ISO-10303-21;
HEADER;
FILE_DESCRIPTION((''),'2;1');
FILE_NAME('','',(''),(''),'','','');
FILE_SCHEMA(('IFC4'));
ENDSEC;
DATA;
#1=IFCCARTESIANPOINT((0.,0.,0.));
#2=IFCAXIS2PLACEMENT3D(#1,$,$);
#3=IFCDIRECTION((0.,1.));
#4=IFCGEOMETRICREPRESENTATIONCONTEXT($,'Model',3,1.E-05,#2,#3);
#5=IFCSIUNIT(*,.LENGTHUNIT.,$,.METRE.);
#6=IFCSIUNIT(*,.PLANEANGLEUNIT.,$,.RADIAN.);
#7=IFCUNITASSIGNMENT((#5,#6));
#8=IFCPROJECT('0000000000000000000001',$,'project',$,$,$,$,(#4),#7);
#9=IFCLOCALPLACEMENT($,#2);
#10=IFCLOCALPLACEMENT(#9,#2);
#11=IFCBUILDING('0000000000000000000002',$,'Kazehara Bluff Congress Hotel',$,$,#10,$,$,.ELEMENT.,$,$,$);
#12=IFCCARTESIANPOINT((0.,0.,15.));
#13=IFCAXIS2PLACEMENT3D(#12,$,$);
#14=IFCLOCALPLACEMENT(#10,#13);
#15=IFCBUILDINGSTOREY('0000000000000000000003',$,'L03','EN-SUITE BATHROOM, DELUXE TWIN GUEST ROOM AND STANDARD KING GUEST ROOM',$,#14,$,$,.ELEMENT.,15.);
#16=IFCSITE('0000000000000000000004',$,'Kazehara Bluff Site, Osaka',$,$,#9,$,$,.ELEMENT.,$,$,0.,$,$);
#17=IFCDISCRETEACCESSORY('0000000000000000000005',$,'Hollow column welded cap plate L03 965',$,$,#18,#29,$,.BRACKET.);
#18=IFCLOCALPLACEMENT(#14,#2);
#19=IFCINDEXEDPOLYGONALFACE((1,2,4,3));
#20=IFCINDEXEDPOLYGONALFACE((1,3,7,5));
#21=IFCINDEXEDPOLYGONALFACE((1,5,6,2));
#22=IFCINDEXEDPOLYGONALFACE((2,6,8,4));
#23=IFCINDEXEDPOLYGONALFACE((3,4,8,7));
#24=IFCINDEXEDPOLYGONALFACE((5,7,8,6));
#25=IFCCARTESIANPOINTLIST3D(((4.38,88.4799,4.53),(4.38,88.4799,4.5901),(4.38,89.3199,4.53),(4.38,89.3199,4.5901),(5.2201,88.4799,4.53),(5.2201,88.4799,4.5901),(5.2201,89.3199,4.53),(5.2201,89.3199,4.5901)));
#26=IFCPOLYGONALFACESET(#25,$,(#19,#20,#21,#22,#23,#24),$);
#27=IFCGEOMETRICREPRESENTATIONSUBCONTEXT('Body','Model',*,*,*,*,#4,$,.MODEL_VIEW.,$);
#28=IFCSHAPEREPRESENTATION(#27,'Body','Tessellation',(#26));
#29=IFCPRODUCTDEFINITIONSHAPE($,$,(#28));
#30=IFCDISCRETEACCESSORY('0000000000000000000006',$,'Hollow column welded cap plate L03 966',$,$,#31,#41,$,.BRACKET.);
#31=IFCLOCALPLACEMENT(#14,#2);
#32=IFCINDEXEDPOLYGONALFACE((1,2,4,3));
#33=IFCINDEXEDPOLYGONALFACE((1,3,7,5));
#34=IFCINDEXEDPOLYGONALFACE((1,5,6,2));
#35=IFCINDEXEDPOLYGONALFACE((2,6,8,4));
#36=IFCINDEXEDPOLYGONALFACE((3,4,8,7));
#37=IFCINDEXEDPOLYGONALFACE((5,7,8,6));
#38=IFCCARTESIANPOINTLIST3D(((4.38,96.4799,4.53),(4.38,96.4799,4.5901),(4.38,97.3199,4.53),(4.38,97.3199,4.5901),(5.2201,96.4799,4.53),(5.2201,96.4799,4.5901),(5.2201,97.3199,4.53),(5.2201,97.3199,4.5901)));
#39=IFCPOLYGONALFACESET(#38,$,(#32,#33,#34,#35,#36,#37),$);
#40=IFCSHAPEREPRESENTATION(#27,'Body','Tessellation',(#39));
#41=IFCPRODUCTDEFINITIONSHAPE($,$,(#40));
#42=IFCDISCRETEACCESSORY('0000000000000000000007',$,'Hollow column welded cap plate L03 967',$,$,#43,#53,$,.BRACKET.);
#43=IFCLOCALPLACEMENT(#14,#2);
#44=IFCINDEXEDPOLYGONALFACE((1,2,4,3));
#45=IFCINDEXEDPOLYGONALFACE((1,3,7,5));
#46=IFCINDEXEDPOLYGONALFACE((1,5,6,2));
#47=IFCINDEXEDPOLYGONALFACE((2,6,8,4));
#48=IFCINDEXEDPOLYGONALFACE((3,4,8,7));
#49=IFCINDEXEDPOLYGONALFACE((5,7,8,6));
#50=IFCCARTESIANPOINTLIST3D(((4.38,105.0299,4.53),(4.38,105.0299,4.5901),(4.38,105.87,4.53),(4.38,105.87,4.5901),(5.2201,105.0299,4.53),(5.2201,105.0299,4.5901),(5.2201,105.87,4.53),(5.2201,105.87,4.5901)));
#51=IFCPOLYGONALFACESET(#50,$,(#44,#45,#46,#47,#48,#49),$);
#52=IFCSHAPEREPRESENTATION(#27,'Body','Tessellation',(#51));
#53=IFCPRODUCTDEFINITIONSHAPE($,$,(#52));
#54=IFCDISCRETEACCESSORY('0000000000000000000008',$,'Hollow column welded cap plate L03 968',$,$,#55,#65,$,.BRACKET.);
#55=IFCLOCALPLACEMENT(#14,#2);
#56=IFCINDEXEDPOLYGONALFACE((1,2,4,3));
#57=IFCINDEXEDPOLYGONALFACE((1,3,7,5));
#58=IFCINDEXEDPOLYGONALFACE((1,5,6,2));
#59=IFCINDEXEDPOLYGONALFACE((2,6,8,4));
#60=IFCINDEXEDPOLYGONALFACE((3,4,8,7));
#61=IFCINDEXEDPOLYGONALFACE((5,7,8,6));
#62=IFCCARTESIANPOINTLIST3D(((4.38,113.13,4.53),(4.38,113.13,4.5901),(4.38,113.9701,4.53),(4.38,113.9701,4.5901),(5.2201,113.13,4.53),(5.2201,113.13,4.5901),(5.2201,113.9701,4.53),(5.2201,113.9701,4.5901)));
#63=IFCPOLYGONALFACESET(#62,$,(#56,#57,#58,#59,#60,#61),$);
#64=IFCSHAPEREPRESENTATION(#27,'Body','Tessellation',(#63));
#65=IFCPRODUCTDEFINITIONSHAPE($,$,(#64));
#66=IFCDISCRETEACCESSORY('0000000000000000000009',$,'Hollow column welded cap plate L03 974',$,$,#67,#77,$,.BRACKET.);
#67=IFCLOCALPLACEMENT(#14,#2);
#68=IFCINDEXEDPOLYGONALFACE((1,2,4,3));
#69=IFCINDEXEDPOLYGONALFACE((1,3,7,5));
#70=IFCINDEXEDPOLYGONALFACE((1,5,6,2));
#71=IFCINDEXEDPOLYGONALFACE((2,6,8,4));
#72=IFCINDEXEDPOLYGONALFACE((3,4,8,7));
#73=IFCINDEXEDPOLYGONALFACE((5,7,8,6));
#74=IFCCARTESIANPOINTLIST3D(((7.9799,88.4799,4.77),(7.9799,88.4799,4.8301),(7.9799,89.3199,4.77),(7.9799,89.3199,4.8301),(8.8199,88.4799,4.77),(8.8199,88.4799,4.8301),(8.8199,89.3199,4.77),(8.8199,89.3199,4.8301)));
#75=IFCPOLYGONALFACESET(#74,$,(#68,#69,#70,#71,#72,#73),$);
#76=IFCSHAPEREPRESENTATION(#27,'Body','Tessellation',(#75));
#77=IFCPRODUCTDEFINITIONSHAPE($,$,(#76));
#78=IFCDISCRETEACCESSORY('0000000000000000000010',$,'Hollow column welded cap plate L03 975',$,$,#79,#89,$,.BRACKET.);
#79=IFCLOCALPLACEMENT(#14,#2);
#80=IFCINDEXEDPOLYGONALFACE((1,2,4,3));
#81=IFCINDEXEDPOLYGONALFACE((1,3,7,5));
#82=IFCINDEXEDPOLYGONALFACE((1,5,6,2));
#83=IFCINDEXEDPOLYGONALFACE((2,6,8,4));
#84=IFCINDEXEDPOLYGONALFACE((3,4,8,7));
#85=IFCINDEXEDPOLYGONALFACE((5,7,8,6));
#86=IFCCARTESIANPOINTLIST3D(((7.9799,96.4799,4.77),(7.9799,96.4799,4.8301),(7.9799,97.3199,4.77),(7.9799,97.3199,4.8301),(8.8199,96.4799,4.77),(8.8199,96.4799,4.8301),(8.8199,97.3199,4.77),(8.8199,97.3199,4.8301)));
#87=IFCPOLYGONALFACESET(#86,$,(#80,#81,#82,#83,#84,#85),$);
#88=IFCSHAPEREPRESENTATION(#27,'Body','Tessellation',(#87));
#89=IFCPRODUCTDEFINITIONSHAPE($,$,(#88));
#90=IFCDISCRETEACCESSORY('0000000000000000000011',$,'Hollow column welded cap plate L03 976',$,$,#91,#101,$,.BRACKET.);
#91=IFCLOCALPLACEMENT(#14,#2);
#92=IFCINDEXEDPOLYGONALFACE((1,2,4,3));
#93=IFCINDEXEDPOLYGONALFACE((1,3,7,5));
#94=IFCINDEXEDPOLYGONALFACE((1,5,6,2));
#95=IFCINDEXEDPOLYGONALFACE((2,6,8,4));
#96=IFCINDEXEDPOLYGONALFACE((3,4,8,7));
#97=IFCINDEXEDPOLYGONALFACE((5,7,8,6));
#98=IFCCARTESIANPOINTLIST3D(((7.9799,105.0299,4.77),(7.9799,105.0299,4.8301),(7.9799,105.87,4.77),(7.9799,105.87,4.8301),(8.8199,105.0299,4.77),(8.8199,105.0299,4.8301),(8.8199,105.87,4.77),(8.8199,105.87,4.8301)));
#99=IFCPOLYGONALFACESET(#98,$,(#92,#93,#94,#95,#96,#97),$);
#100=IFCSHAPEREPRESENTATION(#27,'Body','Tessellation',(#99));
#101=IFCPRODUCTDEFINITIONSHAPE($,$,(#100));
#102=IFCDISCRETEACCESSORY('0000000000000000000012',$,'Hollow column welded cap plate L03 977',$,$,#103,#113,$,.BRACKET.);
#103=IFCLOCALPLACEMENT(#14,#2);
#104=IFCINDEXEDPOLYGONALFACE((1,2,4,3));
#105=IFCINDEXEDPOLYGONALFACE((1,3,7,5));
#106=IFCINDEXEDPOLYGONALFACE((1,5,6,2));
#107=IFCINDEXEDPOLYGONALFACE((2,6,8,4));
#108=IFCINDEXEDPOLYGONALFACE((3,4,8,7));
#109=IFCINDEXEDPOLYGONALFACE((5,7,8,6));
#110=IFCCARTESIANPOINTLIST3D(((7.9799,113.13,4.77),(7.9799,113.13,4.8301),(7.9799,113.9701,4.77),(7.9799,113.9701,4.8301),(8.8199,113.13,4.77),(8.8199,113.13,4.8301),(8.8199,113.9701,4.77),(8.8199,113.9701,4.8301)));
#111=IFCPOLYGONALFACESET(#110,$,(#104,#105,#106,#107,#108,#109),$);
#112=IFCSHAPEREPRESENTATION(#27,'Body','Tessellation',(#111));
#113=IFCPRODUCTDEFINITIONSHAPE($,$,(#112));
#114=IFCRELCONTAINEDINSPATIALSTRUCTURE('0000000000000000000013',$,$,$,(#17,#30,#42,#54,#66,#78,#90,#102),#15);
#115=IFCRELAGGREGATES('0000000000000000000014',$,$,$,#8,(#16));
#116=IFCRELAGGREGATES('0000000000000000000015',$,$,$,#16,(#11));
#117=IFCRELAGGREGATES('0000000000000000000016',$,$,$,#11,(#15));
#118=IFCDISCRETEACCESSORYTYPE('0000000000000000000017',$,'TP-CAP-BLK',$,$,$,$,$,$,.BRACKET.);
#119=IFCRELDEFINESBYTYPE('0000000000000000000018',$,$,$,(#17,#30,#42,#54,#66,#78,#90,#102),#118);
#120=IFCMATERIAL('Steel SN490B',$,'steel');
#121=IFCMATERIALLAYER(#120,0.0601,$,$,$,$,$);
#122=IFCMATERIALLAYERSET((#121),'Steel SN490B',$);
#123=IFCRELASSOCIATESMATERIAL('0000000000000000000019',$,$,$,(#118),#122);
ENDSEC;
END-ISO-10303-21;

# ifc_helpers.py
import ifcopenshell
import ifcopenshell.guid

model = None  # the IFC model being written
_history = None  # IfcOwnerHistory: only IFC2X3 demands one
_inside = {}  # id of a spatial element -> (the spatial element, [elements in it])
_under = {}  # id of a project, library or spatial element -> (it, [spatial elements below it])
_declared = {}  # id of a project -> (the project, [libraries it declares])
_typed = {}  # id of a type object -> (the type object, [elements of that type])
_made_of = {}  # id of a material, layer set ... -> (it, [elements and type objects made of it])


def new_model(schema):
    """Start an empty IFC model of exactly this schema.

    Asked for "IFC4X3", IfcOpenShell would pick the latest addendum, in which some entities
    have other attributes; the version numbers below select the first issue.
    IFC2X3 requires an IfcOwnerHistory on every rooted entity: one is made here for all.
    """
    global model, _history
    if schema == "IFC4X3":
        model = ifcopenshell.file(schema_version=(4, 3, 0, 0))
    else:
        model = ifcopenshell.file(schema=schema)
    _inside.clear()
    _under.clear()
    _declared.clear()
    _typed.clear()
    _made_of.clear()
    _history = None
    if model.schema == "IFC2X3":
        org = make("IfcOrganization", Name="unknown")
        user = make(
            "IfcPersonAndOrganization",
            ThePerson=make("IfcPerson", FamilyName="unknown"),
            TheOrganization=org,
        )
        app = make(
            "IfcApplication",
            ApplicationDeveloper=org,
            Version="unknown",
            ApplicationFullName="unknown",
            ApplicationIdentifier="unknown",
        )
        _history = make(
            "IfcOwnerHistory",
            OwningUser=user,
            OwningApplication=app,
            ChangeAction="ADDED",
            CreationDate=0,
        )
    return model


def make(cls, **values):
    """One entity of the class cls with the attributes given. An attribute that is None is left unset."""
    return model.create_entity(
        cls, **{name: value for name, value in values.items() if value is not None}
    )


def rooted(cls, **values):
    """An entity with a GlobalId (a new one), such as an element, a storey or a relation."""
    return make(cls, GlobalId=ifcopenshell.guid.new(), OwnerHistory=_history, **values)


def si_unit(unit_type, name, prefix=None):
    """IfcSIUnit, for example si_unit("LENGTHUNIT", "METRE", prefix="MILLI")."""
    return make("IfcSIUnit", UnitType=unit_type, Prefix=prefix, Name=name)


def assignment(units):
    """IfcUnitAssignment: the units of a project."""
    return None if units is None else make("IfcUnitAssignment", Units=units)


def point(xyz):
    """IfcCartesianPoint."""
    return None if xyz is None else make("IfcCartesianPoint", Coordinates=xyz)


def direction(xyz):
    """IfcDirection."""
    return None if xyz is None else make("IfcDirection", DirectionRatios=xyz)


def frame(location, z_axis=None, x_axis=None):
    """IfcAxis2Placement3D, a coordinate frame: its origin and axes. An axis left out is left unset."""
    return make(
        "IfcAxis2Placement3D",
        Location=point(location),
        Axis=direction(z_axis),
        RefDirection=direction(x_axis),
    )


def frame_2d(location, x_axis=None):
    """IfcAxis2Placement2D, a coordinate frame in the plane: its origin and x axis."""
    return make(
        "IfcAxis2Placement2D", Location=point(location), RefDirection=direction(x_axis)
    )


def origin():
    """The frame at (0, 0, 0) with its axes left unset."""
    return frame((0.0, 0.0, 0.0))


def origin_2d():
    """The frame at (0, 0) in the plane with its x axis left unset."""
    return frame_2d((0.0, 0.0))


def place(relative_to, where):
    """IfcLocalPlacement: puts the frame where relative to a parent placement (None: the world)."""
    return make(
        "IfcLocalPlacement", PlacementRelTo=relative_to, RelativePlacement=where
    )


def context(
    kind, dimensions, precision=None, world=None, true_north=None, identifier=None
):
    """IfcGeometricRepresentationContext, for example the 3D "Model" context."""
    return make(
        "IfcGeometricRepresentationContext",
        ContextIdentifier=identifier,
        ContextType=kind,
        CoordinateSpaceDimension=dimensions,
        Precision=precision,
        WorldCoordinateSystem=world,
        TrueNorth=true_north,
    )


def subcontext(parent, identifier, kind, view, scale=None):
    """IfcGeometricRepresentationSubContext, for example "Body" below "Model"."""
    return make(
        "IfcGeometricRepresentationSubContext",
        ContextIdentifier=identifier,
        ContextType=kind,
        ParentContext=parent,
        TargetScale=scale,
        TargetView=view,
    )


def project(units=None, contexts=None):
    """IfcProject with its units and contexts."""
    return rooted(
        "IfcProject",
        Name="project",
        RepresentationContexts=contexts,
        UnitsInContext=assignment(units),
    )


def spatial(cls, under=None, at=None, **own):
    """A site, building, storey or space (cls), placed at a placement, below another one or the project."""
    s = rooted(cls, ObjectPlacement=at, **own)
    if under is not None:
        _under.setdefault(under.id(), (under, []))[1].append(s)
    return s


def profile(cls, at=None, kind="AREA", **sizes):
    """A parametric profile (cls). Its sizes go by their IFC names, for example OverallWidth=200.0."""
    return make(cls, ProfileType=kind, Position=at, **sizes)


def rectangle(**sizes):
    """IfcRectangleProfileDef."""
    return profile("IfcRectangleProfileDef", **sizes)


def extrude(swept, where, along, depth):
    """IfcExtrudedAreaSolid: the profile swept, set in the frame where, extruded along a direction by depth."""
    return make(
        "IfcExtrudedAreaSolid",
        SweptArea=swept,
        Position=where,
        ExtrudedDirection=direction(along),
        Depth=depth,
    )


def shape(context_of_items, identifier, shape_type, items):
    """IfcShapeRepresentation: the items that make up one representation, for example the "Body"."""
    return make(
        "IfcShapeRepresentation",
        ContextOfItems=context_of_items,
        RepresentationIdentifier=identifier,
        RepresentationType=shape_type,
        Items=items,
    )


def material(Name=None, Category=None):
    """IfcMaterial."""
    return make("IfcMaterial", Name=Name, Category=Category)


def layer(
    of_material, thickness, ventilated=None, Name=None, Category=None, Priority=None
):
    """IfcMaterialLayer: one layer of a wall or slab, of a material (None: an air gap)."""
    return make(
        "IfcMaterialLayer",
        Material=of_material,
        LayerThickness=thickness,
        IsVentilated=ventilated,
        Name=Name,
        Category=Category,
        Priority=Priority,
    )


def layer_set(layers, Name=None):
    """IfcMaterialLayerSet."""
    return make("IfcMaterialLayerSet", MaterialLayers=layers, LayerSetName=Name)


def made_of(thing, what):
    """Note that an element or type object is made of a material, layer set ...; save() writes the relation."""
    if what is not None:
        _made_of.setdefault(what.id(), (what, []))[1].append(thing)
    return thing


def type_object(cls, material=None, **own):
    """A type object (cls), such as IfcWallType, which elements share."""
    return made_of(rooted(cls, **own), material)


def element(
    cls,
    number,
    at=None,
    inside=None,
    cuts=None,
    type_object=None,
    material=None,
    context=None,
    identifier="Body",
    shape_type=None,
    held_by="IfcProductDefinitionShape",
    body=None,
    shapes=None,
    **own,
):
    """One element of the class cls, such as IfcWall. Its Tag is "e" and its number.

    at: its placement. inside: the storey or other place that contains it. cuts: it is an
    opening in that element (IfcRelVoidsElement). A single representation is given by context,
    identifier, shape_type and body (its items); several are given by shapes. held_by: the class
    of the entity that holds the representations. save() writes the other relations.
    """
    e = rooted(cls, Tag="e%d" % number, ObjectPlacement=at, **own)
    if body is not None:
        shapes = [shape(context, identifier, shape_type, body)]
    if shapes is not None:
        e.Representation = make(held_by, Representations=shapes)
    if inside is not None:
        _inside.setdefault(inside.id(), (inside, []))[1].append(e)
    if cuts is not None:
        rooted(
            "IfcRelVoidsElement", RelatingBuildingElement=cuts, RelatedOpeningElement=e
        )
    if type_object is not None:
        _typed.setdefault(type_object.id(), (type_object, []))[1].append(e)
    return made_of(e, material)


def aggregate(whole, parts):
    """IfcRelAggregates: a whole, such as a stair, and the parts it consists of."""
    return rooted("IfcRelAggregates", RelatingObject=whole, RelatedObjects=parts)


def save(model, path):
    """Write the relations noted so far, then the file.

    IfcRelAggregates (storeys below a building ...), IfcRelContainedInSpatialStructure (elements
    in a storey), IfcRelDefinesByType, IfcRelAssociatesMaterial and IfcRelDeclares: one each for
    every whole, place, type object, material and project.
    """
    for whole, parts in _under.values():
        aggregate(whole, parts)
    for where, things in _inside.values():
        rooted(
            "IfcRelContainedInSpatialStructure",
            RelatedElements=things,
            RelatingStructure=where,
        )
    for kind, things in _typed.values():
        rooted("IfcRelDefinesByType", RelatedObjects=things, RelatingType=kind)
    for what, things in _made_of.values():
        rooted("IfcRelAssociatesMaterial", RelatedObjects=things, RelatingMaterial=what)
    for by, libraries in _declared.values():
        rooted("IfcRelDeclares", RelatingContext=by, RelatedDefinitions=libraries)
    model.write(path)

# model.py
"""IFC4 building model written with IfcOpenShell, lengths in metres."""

from ifc_helpers import new_model, si_unit, direction, frame, origin, origin_2d, place, context, subcontext, project, spatial, rectangle, extrude, material, layer, layer_set, type_object, element, save


model = new_model("IFC4")

# Units and contexts
model_context = context("Model", 3, precision=1e-05, world=origin(), true_north=direction((0.0, 1.0)))
body_context = subcontext(model_context, "Body", "Model", "MODEL_VIEW")
ifc_project = project(units=[si_unit("LENGTHUNIT", "METRE"), si_unit("PLANEANGLEUNIT", "RADIAN")], contexts=[model_context])

# Site, building, storey
site_placement = place(None, origin())
site = spatial("IfcSite", under=ifc_project, at=site_placement, Name="Kazehara Bluff Site, Osaka", CompositionType="ELEMENT", RefElevation=0.0)
building_placement = place(site_placement, origin())
building = spatial("IfcBuilding", under=site, at=building_placement, Name="Kazehara Bluff Congress Hotel", CompositionType="ELEMENT")
storey_placement = place(building_placement, frame((0.0, 0.0, 15.0)))
storey = spatial("IfcBuildingStorey", under=building, at=storey_placement, Name="L03", Description="EN-SUITE BATHROOM, DELUXE TWIN GUEST ROOM AND STANDARD KING GUEST ROOM", CompositionType="ELEMENT", Elevation=15.0)

# Discrete accessories
ifc_material_1 = material(Name="Steel SN490B", Category="steel")
ifc_layer_1 = layer(ifc_material_1, 0.0601)
ifc_layer_set_1 = layer_set([ifc_layer_1], Name="Steel SN490B")
discrete_accessory_type = type_object("IfcDiscreteAccessoryType", Name="TP-CAP-BLK", PredefinedType="BRACKET", material=ifc_layer_set_1)
for number, where, z_axis, x_axis, name in (
    (1, (4.8, 88.8999, 4.53), (0.0, 0.0, 1.0), (1.0, 0.0, 0.0), "Hollow column welded cap plate L03 965"),
    (2, (4.8, 96.8999, 4.53), (0.0, 0.0, 1.0), (1.0, 0.0, 0.0), "Hollow column welded cap plate L03 966"),
    (3, (4.8, 105.45, 4.53), (0.0, 0.0, 1.0), (1.0, 0.0, 0.0), "Hollow column welded cap plate L03 967"),
    (4, (4.8, 113.55, 4.53), (0.0, 0.0, 1.0), (1.0, 0.0, 0.0), "Hollow column welded cap plate L03 968"),
    (5, (8.3999, 88.8999, 4.77), (0.0, 0.0, 1.0), (1.0, 0.0, 0.0), "Hollow column welded cap plate L03 974"),
    (6, (8.3999, 96.8999, 4.77), (0.0, 0.0, 1.0), (1.0, 0.0, 0.0), "Hollow column welded cap plate L03 975"),
    (7, (8.3999, 105.45, 4.77), (0.0, 0.0, 1.0), (1.0, 0.0, 0.0), "Hollow column welded cap plate L03 976"),
    (8, (8.3999, 113.55, 4.77), (0.0, 0.0, 1.0), (1.0, 0.0, 0.0), "Hollow column welded cap plate L03 977"),
):
    element("IfcDiscreteAccessory", number, at=place(storey_placement, frame(where, z_axis=z_axis, x_axis=x_axis)), inside=storey, type_object=discrete_accessory_type, Name=name, PredefinedType="BRACKET", context=body_context, shape_type="SweptSolid", body=[
        extrude(rectangle(XDim=0.8401, YDim=0.8401, at=origin_2d()), origin(), (0.0, 0.0, 1.0), 0.0601),
    ])

save(model, "model.ifc")
